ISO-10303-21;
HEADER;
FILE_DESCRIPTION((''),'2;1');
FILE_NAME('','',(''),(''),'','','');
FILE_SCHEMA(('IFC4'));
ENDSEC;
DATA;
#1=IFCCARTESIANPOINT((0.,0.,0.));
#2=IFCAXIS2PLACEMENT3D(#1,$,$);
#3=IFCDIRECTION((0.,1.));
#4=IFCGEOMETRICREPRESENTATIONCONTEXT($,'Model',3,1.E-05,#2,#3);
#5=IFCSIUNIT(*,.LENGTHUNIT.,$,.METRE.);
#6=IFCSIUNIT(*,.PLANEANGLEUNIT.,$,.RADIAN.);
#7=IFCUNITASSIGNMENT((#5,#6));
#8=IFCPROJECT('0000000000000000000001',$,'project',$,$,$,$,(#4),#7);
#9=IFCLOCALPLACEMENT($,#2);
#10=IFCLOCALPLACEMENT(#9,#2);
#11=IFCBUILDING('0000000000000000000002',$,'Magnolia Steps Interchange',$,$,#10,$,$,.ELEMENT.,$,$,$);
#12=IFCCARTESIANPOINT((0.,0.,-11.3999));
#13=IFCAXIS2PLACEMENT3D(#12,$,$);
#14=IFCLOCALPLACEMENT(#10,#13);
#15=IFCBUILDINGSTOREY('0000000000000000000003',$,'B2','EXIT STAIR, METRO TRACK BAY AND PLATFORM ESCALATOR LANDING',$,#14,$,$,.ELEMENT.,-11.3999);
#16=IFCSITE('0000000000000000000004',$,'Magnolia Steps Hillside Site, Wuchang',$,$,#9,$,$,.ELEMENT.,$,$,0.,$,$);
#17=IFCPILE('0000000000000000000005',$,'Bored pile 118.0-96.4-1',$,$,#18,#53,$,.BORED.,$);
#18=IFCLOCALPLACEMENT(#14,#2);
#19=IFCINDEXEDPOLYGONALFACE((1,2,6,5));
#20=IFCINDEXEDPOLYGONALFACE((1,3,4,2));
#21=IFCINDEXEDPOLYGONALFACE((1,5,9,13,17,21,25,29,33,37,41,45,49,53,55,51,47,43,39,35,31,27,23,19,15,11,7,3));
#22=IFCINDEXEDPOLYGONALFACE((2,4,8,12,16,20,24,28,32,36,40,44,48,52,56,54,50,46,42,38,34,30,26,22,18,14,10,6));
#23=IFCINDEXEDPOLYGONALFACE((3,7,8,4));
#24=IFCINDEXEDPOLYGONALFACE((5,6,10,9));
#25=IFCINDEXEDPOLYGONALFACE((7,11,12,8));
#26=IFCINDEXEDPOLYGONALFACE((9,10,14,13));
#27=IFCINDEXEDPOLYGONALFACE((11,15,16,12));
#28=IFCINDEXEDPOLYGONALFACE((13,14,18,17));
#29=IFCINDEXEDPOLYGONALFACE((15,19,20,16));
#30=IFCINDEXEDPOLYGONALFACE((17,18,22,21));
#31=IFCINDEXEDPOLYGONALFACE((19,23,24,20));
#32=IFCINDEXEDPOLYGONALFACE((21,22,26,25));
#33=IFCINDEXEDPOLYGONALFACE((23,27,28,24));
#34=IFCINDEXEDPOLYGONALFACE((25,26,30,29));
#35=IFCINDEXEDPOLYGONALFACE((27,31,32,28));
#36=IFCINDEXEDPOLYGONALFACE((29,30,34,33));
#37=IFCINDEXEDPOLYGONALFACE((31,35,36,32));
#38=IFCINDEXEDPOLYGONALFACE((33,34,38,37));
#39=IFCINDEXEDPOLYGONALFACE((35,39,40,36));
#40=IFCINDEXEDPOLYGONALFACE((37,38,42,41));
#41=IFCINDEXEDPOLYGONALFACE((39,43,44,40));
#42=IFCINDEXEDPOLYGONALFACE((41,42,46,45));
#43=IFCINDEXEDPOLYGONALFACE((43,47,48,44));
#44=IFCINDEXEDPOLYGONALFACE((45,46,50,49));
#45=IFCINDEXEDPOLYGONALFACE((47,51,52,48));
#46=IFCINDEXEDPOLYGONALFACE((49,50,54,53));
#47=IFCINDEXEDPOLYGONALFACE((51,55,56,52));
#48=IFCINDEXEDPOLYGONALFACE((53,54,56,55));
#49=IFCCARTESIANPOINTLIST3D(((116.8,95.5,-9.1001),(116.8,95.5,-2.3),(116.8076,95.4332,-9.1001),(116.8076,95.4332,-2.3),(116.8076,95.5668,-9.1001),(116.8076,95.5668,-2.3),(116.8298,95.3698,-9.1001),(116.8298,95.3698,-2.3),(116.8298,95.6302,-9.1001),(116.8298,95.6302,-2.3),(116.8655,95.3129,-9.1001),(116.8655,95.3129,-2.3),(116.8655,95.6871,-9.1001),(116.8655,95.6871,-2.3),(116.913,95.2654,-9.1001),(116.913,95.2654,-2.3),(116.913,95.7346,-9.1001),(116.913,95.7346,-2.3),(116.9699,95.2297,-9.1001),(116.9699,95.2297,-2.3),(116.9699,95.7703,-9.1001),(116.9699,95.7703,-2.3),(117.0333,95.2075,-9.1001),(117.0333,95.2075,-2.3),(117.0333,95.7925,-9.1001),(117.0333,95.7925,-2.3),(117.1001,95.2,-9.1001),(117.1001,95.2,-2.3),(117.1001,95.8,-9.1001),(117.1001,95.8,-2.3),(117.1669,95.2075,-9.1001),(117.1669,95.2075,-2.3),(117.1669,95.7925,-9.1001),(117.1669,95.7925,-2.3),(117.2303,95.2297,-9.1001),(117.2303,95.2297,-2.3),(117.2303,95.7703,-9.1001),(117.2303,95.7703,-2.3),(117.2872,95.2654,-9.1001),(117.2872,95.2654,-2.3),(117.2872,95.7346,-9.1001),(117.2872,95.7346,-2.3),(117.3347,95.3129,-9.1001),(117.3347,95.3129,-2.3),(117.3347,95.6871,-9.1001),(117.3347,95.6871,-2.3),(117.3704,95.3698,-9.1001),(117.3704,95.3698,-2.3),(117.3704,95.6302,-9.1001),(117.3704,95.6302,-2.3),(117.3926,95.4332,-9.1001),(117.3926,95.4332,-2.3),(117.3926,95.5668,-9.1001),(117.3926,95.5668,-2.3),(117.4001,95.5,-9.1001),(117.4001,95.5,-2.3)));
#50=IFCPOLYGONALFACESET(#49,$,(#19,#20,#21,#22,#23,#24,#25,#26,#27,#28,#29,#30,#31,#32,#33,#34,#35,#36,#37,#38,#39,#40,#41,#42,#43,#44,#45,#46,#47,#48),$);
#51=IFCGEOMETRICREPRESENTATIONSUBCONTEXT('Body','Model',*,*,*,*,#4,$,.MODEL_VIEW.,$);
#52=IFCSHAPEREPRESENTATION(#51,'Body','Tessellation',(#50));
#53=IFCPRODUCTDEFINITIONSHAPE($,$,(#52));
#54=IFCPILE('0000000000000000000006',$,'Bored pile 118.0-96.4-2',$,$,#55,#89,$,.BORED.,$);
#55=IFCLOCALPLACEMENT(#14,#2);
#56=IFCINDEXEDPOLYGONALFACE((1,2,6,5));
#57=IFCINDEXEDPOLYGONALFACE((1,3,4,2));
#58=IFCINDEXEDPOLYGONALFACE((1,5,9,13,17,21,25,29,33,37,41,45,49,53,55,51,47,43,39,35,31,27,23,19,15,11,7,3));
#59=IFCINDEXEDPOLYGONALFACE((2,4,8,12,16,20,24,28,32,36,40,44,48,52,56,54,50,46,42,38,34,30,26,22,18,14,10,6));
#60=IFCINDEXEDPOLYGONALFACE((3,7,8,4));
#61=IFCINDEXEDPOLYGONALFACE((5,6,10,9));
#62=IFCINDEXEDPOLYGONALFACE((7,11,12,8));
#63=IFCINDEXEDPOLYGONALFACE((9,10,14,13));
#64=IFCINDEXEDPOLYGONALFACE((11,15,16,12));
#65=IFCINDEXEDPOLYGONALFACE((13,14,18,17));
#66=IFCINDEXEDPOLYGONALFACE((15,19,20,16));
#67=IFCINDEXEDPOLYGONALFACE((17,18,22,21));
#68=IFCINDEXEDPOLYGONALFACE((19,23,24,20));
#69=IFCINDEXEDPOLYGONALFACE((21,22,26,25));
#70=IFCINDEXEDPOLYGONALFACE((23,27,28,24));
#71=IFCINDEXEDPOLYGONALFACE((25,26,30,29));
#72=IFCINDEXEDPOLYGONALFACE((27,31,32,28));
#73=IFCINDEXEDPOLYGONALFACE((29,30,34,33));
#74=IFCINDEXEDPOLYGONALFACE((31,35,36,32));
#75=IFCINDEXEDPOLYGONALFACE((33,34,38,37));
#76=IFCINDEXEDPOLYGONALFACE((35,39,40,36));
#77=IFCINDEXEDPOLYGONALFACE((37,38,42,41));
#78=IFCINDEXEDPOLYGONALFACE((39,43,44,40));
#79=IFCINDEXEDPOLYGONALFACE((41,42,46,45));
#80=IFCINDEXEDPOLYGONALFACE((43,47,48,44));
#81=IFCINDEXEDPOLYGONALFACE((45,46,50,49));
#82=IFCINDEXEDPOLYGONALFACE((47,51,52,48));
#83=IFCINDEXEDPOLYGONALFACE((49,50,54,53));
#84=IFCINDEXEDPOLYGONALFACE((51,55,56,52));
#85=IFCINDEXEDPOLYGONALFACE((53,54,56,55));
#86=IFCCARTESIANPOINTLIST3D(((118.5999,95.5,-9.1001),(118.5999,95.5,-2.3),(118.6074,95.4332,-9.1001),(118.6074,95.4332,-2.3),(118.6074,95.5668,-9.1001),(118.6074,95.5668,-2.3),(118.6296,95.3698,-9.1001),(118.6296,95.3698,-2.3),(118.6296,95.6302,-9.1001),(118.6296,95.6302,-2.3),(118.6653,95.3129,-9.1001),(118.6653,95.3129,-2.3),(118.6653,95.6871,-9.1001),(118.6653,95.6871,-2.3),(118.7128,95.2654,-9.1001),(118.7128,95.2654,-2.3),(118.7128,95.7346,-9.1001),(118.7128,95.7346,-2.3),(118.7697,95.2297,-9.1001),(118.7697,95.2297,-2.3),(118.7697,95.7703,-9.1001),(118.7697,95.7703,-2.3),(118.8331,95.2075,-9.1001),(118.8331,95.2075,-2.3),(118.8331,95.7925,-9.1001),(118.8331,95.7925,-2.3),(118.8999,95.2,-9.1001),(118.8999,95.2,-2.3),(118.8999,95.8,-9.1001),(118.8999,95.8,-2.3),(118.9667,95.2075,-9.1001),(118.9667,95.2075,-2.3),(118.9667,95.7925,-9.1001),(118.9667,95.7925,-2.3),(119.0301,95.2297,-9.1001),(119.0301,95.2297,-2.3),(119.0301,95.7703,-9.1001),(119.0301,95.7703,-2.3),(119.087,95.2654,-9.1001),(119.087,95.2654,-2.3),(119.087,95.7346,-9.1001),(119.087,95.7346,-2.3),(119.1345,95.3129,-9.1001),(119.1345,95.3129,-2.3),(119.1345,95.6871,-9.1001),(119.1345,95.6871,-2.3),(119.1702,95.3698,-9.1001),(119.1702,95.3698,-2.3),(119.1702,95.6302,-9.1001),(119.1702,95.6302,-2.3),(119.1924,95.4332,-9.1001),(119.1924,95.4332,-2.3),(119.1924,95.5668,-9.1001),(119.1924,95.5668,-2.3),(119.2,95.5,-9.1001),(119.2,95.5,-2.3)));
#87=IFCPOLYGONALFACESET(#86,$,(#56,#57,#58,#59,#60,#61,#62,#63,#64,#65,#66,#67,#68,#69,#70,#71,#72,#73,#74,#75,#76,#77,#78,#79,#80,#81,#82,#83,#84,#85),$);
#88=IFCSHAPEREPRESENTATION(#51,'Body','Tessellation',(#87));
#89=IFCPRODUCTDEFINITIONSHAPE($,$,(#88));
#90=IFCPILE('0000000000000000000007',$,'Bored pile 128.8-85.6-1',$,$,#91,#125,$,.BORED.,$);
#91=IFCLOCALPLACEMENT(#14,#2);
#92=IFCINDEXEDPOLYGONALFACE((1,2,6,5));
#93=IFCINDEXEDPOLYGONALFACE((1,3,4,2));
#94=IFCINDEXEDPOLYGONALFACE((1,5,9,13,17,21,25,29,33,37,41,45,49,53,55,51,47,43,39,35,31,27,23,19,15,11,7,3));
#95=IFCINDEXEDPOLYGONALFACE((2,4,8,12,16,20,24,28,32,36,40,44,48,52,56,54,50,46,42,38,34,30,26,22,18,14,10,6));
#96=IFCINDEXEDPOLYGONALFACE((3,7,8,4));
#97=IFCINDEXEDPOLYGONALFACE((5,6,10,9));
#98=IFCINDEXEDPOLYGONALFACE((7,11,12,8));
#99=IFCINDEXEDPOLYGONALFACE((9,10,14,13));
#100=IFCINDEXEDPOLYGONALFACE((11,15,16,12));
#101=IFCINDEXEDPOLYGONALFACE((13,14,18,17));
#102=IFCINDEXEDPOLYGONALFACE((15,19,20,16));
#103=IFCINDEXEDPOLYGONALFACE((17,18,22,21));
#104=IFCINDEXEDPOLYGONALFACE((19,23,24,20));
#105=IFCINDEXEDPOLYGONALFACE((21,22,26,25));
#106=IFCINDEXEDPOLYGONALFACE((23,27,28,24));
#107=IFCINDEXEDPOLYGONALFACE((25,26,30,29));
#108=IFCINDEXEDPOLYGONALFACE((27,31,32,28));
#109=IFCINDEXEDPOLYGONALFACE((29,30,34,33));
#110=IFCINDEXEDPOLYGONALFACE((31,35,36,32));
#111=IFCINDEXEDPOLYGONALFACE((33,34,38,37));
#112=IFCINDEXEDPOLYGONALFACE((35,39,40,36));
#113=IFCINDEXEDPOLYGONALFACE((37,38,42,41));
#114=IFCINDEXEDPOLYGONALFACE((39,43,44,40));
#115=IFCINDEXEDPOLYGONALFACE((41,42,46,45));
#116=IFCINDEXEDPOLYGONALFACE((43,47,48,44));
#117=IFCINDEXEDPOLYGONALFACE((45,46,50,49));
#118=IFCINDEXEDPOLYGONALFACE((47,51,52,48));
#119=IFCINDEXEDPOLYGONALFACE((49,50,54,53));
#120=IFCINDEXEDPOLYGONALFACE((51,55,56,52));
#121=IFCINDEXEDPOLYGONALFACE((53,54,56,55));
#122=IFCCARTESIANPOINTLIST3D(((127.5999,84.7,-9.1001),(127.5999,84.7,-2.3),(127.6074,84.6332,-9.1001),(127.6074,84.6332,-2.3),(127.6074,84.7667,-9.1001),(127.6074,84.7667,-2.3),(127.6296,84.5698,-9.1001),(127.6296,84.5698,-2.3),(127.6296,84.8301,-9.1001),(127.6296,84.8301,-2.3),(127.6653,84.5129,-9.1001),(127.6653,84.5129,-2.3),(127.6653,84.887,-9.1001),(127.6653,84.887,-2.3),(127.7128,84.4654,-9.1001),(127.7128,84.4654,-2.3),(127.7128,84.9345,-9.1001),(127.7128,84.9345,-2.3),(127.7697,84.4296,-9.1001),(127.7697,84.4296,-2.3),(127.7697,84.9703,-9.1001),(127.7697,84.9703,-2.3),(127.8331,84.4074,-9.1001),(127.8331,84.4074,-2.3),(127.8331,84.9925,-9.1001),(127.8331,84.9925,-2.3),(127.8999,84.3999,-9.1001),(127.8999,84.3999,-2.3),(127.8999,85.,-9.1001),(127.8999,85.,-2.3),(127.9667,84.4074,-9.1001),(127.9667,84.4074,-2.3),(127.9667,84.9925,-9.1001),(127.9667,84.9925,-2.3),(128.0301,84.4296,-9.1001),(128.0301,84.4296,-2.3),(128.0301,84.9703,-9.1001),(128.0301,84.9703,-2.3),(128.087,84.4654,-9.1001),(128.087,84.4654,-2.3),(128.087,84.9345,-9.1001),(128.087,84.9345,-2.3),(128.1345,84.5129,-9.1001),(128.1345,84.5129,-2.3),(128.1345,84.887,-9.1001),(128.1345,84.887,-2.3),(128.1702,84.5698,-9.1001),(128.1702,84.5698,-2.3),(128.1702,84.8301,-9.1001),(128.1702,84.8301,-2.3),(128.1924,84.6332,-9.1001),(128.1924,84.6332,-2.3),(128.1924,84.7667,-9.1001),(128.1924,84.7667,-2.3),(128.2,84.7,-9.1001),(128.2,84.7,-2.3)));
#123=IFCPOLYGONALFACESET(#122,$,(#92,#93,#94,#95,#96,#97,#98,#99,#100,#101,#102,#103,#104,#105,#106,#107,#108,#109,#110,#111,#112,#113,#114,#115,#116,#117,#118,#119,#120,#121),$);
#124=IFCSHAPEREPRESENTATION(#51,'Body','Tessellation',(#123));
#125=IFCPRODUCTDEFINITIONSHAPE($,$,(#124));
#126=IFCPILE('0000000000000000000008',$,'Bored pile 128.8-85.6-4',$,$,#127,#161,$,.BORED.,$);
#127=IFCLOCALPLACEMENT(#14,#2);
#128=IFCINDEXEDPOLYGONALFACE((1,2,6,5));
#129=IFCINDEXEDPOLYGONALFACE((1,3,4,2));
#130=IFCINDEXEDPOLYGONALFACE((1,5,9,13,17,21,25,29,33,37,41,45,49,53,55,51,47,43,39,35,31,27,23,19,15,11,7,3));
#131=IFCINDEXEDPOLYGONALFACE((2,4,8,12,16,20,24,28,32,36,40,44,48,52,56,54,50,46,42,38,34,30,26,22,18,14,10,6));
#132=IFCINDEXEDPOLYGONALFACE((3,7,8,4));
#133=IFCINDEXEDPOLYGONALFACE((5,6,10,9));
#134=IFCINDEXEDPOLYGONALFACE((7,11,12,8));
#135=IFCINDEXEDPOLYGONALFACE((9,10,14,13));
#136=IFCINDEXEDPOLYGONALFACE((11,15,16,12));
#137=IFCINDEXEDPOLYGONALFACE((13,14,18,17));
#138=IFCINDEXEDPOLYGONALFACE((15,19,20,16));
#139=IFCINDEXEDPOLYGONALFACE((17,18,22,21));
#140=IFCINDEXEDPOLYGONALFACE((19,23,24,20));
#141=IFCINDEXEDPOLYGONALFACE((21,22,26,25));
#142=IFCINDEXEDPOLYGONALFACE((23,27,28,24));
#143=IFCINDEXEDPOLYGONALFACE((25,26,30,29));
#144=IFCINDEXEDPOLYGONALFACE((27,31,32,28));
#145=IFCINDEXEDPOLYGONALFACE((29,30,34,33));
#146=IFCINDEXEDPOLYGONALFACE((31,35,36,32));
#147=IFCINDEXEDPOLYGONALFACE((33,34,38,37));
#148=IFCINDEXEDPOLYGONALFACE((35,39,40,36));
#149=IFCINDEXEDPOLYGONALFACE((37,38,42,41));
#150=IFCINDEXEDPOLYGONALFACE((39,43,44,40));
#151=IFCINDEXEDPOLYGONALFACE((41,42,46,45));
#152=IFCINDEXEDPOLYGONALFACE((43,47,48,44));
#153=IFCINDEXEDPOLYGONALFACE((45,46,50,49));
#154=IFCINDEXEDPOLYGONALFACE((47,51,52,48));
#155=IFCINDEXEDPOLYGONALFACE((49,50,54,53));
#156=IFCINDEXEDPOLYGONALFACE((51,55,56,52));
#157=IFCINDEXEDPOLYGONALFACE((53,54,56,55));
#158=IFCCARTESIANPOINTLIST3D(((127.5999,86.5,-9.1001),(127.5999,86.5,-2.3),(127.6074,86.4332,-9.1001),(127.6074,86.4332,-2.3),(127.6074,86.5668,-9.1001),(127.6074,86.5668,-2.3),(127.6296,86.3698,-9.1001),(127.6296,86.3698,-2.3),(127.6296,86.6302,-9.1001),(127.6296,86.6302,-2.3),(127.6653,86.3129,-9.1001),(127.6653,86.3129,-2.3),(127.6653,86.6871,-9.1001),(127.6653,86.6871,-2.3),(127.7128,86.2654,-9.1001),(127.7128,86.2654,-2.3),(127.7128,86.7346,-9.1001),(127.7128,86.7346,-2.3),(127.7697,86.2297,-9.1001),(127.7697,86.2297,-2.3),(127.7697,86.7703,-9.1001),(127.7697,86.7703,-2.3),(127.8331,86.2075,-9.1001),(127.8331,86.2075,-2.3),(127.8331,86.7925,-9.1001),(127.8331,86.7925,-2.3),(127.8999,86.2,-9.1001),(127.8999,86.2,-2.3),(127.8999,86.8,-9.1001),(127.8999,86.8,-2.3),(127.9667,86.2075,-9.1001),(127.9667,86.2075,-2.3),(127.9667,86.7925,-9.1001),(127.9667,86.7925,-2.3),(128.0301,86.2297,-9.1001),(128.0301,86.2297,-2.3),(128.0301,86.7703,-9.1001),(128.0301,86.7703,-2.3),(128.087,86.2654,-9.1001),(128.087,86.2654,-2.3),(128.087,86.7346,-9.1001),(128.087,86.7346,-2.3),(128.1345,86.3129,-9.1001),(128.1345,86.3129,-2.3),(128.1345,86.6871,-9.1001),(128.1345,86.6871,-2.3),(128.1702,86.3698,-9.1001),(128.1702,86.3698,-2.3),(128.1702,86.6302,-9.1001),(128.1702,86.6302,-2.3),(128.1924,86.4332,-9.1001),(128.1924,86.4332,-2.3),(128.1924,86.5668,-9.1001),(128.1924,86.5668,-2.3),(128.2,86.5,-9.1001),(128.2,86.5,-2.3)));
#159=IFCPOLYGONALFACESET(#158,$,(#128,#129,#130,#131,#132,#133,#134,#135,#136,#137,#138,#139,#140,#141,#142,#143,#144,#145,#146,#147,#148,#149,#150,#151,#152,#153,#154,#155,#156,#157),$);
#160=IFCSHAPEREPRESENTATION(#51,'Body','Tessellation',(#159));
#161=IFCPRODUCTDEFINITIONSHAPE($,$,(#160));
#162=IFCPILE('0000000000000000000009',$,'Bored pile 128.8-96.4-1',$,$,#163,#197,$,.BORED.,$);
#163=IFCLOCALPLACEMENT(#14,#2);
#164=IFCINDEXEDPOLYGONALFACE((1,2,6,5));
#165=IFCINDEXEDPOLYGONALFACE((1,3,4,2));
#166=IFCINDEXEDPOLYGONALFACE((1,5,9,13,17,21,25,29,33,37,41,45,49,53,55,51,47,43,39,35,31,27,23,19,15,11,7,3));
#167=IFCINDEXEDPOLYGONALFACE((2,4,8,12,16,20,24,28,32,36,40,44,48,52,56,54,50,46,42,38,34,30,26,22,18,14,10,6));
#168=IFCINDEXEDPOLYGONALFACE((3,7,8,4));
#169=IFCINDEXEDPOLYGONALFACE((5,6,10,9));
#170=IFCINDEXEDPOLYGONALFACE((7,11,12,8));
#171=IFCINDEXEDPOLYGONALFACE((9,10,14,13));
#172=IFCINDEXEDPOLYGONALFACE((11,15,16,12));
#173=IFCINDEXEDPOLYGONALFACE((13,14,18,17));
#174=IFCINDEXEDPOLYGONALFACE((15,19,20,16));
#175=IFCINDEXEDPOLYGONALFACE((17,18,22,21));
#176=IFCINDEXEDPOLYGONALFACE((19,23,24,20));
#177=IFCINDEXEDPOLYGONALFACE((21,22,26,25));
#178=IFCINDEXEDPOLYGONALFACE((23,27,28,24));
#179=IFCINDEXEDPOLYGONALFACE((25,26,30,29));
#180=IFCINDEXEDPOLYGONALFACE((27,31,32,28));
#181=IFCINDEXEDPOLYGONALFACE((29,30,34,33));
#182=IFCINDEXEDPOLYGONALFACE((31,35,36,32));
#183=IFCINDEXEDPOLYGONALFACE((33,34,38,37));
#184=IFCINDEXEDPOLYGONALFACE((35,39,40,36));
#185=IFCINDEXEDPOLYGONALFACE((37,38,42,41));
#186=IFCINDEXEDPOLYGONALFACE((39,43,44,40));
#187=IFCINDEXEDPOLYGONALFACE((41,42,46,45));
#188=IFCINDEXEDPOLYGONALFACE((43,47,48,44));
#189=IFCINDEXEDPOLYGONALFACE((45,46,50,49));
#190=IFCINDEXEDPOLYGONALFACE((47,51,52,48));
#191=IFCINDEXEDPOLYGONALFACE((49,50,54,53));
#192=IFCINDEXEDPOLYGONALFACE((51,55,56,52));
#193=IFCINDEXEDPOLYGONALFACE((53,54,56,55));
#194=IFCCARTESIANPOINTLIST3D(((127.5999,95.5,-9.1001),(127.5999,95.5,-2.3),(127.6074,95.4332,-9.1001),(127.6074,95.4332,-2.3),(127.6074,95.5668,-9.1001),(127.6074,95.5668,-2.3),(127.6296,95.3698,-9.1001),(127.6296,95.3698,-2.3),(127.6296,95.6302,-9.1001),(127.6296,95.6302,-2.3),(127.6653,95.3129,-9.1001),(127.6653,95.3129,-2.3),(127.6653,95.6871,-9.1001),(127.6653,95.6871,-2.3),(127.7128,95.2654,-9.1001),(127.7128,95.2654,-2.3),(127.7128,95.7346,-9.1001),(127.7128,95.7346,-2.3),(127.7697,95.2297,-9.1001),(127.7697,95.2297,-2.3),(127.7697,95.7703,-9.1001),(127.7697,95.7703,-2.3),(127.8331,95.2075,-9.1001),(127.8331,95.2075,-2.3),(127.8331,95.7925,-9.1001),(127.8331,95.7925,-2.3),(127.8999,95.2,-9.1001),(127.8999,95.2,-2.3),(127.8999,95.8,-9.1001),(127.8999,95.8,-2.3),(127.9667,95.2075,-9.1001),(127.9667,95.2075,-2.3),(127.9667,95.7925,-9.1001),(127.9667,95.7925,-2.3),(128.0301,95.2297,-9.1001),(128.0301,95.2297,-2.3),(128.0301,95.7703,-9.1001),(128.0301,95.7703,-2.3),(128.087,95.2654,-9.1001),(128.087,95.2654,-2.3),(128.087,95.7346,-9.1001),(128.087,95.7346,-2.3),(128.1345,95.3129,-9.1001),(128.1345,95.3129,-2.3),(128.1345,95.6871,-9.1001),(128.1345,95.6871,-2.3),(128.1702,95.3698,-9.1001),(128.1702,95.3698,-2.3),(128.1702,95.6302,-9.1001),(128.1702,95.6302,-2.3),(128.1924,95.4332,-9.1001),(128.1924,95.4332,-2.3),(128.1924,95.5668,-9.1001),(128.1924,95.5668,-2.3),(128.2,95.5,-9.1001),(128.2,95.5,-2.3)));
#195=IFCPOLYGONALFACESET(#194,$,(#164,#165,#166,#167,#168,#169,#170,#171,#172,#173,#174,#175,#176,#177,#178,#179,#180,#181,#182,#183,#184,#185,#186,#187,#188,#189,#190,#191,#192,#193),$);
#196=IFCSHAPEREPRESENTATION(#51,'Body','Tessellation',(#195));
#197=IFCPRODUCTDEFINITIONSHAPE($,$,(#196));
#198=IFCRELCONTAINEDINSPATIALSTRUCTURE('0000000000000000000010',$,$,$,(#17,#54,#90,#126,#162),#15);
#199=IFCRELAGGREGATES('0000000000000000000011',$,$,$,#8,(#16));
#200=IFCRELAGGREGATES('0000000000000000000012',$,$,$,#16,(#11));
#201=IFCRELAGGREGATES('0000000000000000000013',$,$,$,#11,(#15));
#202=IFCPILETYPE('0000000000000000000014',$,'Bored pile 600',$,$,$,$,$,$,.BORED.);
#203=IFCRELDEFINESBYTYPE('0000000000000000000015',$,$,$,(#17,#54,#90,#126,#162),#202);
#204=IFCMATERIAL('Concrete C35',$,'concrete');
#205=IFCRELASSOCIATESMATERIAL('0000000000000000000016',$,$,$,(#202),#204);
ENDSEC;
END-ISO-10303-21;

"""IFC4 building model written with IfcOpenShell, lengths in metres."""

from ifc_helpers import new_model, si_unit, direction, frame, origin, origin_2d, place, context, subcontext, project, spatial, circle, extrude, material, material_profile, profile_set, type_object, element, save


model = new_model("IFC4")

# Units and contexts
model_context = context("Model", 3, precision=1e-05, world=origin(), true_north=direction((0.0, 1.0)))
body_context = subcontext(model_context, "Body", "Model", "MODEL_VIEW")
ifc_project = project(units=[si_unit("LENGTHUNIT", "METRE"), si_unit("PLANEANGLEUNIT", "RADIAN")], contexts=[model_context])

# Site, building, storey
site_placement = place(None, origin())
site = spatial("IfcSite", under=ifc_project, at=site_placement, Name="Magnolia Steps Hillside Site, Wuchang", CompositionType="ELEMENT", RefElevation=0.0)
building_placement = place(site_placement, origin())
building = spatial("IfcBuilding", under=site, at=building_placement, Name="Magnolia Steps Interchange", CompositionType="ELEMENT")
storey_placement = place(building_placement, frame((0.0, 0.0, -11.3999)))
storey = spatial("IfcBuildingStorey", under=building, at=storey_placement, Name="B2", Description="EXIT STAIR, METRO TRACK BAY AND PLATFORM ESCALATOR LANDING", CompositionType="ELEMENT", Elevation=-11.3999)

# Piles
ifc_material_1 = material(Name="Concrete C35", Category="concrete")
ifc_material_profile_1 = material_profile(ifc_material_1, circle(Radius=0.3, at=origin_2d()), Name="Bored pile 600")
ifc_profile_set_1 = profile_set([ifc_material_profile_1], Name="Concrete C35")
pile_type_1 = type_object("IfcPileType", Name="Bored pile 600", PredefinedType="BORED", material=ifc_profile_set_1)
for number, where, z_axis, x_axis, name in (
    (1, (117.1001, 95.5, -2.3), (0.0, 0.0, -1.0), (1.0, 0.0, 0.0), "Bored pile 118.0-96.4-1"),
    (2, (118.8999, 95.5, -2.3), (0.0, 0.0, -1.0), (1.0, 0.0, 0.0), "Bored pile 118.0-96.4-2"),
    (3, (127.8999, 84.7, -2.3), (0.0, 0.0, -1.0), (1.0, 0.0, 0.0), "Bored pile 128.8-85.6-1"),
    (4, (127.8999, 86.5, -2.3), (0.0, 0.0, -1.0), (1.0, 0.0, 0.0), "Bored pile 128.8-85.6-4"),
    (5, (127.8999, 95.5, -2.3), (0.0, 0.0, -1.0), (1.0, 0.0, 0.0), "Bored pile 128.8-96.4-1"),
):
    element("IfcPile", number, at=place(storey_placement, frame(where, z_axis=z_axis, x_axis=x_axis)), inside=storey, type_object=pile_type_1, Name=name, PredefinedType="BORED", context=body_context, shape_type="SweptSolid", body=[
        extrude(circle(Radius=0.3, at=origin_2d()), origin(), (0.0, 0.0, 1.0), 6.8),
    ])

save(model, "model.ifc")
